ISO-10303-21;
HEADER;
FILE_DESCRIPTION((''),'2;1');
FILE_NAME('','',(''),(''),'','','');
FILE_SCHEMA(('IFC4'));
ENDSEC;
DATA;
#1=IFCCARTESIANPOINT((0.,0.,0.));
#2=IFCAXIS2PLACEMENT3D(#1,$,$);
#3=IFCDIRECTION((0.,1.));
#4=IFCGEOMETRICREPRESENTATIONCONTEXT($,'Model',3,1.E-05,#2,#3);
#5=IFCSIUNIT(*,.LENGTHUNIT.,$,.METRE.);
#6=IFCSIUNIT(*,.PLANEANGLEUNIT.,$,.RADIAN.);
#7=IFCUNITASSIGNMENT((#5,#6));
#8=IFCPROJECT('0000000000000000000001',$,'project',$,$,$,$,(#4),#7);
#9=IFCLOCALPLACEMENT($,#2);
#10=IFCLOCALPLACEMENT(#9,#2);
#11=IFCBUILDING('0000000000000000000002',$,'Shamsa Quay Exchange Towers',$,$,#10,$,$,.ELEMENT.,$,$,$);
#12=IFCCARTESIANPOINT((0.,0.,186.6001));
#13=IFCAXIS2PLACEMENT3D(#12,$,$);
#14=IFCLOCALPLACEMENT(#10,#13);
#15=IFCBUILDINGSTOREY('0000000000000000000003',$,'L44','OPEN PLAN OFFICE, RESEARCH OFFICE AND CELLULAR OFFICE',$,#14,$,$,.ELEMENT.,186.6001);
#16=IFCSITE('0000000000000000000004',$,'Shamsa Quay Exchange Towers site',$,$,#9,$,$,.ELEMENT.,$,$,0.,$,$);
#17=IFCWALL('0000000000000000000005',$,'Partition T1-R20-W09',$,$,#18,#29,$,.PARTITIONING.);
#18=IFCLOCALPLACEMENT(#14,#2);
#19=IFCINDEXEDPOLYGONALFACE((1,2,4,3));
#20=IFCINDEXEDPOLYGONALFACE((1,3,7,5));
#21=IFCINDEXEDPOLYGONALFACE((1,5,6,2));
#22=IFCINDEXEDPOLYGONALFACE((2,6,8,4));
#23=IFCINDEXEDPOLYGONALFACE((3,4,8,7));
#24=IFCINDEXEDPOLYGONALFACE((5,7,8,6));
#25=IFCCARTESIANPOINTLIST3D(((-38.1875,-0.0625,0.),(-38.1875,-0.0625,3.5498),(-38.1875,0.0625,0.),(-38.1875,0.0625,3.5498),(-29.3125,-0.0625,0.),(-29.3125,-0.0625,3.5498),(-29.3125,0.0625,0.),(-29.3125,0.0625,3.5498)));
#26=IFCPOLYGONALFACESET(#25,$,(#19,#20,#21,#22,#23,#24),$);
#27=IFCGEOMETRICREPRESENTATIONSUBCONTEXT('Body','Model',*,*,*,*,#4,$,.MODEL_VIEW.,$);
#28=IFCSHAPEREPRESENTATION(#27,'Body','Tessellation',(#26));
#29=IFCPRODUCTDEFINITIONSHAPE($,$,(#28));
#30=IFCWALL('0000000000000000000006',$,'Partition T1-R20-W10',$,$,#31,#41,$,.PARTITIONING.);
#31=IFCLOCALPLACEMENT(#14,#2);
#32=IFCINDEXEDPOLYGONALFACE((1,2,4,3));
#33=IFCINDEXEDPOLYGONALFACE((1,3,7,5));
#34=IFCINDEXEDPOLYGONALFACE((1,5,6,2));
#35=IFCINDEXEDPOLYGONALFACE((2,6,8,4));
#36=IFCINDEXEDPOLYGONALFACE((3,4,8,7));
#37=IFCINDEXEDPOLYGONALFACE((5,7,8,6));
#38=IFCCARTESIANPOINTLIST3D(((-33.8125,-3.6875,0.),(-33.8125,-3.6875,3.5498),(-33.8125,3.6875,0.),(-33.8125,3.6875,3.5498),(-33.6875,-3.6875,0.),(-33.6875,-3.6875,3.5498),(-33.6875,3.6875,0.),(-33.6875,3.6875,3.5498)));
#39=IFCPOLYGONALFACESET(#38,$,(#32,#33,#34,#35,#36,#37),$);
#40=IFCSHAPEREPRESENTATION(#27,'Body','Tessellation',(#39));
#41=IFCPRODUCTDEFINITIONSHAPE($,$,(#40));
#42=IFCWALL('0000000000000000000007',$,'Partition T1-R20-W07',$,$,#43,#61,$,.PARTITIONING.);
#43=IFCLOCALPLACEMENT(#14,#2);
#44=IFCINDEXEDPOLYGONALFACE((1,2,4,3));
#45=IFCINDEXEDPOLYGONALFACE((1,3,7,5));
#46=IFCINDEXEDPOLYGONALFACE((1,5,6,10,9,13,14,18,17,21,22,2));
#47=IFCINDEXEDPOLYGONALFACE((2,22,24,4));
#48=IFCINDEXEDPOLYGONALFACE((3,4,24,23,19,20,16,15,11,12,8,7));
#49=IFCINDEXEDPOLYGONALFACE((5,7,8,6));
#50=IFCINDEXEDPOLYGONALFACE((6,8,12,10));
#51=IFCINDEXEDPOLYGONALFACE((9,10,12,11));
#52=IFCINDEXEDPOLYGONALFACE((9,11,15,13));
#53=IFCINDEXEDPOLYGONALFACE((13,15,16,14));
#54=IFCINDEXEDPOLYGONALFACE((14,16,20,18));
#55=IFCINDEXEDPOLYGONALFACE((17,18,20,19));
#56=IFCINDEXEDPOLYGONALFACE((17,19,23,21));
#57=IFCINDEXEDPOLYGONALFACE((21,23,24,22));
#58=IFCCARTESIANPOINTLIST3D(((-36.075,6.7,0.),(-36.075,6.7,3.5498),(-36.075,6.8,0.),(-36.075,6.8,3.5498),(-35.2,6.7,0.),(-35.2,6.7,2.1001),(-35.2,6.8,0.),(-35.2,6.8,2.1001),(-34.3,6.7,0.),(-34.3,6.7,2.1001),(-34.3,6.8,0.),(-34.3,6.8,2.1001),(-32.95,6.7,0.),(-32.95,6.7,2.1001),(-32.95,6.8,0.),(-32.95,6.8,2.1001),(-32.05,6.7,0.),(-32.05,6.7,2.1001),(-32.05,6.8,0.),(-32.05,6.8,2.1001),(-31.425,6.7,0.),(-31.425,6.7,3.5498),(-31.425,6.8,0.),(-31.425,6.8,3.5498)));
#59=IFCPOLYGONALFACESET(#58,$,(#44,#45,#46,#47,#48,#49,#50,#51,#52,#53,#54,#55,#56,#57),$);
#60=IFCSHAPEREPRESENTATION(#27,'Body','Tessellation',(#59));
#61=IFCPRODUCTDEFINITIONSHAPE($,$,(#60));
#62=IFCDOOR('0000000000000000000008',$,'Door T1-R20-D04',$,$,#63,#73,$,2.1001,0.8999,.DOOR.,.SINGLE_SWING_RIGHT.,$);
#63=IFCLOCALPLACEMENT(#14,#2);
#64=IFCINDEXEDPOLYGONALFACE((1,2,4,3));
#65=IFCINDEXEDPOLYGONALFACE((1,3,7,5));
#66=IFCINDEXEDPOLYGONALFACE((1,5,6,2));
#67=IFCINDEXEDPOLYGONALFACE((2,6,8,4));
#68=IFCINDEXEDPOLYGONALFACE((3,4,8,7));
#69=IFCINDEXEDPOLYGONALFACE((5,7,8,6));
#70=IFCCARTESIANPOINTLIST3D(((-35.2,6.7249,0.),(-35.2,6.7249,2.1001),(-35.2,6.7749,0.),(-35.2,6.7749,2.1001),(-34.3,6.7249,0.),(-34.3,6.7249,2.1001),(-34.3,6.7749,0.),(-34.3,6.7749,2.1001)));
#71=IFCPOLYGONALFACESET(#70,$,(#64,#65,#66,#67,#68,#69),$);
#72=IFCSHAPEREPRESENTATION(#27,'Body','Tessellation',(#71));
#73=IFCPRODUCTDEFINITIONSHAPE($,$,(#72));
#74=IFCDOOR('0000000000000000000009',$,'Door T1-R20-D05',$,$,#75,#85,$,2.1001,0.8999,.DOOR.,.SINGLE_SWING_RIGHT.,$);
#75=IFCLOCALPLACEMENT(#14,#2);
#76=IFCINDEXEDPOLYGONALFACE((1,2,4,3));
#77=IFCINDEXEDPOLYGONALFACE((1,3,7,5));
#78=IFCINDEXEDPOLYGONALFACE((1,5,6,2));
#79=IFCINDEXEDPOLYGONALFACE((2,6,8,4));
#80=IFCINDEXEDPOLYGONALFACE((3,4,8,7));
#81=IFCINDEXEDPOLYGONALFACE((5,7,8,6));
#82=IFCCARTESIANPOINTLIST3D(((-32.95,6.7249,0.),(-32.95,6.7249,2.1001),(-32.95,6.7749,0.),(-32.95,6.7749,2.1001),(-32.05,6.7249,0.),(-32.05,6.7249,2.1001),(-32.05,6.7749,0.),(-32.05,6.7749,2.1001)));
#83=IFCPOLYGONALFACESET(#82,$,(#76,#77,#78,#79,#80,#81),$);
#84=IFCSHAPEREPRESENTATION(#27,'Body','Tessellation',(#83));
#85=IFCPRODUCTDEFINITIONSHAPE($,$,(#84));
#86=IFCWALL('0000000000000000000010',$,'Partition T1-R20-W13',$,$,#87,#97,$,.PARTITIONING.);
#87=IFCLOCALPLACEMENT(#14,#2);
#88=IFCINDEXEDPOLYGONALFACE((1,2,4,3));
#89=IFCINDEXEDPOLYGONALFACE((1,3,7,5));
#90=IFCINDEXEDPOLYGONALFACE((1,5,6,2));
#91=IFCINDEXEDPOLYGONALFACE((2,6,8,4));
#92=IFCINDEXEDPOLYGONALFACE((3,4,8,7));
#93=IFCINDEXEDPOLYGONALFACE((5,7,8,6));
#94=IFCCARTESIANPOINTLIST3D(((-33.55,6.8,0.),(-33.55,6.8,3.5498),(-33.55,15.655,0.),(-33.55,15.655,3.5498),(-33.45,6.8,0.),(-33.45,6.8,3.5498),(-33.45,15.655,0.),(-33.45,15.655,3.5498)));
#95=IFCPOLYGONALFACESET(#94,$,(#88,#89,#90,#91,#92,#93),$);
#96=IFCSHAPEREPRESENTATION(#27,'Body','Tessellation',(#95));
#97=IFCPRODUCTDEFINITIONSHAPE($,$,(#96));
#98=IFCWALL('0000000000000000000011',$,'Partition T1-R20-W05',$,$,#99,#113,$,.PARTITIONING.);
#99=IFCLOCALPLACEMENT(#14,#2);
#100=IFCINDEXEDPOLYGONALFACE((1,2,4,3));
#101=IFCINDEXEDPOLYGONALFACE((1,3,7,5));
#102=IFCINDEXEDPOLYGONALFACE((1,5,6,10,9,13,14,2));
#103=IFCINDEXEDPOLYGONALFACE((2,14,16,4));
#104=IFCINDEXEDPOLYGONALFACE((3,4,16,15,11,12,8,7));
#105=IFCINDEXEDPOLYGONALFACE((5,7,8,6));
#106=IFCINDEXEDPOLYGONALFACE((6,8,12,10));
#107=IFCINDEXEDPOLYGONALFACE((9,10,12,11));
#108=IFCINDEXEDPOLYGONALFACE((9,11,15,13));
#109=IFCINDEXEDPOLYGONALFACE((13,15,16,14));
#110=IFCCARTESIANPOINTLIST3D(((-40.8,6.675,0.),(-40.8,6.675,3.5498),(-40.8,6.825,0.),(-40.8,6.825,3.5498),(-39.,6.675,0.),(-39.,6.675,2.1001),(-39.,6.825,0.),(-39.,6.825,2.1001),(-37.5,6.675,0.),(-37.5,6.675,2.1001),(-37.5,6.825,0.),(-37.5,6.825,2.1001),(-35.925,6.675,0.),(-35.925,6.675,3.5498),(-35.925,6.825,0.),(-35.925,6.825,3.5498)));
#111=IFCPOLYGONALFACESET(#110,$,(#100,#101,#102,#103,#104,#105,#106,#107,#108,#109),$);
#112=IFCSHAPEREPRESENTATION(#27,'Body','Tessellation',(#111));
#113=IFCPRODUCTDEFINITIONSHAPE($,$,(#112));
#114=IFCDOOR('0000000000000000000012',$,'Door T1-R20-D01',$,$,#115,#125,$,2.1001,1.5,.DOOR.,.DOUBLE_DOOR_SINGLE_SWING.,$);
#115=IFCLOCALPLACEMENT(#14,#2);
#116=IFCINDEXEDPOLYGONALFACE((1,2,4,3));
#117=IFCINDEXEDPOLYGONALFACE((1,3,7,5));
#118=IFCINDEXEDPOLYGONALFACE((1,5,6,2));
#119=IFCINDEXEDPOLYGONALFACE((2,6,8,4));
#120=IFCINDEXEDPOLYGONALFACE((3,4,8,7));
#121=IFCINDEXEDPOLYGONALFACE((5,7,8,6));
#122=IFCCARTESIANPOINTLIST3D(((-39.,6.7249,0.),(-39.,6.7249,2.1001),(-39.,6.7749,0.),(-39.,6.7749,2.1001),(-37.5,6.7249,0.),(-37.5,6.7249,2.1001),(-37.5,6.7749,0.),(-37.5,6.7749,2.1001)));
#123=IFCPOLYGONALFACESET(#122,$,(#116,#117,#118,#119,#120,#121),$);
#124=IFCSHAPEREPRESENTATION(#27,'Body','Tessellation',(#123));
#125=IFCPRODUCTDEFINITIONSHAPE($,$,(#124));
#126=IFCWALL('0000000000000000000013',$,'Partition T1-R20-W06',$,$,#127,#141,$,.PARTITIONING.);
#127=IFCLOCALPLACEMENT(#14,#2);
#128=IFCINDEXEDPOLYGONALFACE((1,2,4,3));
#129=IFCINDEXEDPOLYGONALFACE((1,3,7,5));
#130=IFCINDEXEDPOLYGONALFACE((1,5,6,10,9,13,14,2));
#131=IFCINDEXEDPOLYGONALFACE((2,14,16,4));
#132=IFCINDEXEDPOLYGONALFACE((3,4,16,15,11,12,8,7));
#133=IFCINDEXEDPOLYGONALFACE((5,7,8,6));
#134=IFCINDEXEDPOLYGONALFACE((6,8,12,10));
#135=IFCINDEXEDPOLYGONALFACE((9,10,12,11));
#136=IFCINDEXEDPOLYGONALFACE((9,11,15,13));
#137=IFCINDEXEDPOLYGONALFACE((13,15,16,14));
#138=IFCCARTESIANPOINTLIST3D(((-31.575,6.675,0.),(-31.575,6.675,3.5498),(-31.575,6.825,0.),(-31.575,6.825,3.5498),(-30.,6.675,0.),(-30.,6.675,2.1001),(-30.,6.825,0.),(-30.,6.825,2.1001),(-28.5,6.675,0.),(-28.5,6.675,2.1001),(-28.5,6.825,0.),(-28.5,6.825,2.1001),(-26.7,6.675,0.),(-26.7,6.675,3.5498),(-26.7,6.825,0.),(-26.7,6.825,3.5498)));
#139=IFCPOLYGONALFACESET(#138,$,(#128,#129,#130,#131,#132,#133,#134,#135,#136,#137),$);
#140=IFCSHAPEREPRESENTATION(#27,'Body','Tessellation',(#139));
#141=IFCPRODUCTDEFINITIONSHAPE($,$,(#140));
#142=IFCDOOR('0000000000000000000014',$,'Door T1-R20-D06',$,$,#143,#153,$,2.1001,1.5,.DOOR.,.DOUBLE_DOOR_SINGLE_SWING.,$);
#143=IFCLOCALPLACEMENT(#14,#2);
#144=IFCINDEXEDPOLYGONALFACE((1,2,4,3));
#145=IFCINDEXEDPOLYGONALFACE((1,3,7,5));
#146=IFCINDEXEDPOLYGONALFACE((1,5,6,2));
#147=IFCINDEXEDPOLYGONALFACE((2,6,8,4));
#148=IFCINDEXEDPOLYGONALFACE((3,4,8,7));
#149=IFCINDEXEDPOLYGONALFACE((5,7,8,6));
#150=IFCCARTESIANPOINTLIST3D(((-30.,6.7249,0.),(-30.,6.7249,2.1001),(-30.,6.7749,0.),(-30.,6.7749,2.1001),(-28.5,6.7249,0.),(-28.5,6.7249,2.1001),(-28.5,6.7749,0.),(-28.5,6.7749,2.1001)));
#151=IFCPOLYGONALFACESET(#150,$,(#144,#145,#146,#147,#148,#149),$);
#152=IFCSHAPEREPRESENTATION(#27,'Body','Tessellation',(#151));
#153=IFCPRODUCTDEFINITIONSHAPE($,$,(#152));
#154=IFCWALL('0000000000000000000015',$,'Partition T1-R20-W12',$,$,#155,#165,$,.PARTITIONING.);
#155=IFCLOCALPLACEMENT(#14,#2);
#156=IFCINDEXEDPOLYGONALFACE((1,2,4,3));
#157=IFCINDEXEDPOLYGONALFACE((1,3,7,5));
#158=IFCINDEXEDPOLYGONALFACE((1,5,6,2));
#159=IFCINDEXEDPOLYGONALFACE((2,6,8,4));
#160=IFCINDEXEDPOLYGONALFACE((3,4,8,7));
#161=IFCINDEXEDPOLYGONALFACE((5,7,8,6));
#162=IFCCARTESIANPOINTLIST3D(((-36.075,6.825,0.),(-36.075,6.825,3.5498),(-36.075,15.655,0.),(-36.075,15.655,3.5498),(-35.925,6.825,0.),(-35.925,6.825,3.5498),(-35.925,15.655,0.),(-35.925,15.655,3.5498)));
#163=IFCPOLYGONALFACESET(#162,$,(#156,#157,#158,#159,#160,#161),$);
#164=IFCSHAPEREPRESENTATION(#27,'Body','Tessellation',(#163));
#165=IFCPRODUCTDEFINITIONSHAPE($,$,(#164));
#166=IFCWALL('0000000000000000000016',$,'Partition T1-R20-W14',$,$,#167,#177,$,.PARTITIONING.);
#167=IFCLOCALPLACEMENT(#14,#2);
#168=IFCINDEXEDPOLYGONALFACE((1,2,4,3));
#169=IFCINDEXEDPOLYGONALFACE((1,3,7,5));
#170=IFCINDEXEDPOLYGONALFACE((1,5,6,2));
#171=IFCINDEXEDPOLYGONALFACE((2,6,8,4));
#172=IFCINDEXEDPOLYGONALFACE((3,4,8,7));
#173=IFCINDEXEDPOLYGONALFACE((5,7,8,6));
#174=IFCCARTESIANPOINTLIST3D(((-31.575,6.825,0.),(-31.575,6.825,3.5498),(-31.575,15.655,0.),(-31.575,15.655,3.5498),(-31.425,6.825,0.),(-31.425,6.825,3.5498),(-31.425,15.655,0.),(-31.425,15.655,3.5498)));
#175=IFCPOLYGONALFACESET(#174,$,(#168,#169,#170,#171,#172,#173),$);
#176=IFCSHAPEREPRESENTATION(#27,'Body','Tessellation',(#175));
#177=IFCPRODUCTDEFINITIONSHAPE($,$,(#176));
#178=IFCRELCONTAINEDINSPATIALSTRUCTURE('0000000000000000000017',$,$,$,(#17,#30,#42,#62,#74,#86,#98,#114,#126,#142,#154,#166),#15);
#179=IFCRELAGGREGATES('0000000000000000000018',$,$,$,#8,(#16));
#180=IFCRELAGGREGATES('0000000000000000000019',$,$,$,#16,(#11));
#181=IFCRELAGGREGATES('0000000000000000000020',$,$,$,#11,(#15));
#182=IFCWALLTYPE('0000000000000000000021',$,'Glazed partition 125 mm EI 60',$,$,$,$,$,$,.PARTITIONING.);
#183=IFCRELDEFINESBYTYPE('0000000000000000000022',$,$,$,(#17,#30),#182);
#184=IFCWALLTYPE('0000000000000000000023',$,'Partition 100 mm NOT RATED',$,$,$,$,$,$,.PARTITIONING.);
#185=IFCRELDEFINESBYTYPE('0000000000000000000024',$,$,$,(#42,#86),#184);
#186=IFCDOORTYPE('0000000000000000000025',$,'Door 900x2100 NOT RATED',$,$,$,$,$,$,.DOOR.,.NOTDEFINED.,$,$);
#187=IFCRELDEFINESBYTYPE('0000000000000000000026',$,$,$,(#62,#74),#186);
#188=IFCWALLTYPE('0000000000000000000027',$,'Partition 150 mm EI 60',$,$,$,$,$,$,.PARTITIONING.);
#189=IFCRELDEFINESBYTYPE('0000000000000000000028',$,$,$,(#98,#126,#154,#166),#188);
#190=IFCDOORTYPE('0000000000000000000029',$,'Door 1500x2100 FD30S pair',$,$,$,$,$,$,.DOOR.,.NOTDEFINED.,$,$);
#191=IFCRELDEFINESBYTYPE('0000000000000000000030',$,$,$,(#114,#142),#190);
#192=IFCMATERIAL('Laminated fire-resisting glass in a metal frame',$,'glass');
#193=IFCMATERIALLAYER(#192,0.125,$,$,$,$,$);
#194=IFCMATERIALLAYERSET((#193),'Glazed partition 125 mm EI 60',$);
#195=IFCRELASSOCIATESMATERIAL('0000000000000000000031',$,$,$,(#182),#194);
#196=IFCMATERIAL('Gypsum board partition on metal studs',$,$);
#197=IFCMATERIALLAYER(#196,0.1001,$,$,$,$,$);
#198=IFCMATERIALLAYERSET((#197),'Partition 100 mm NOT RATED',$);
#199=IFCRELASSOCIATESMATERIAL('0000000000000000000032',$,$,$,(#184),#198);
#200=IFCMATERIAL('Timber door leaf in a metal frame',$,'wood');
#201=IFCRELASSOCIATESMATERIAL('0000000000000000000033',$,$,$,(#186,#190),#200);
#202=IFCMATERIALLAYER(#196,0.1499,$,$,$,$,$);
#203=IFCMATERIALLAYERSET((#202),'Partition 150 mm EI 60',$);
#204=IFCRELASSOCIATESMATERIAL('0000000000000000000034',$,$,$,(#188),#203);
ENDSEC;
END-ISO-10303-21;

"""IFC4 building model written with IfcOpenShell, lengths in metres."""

from ifc_helpers import new_model, si_unit, direction, frame, frame_2d, origin, place, context, subcontext, project, spatial, rectangle, extrude, material, layer, layer_set, type_object, element, fill, save


model = new_model("IFC4")

# Units and contexts
model_context = context("Model", 3, precision=1e-05, world=origin(), true_north=direction((0.0, 1.0)))
body_context = subcontext(model_context, "Body", "Model", "MODEL_VIEW")
ifc_project = project(units=[si_unit("LENGTHUNIT", "METRE"), si_unit("PLANEANGLEUNIT", "RADIAN")], contexts=[model_context])

# Site, building, storey
site_placement = place(None, origin())
site = spatial("IfcSite", under=ifc_project, at=site_placement, Name="Shamsa Quay Exchange Towers site", CompositionType="ELEMENT", RefElevation=0.0)
building_placement = place(site_placement, origin())
building = spatial("IfcBuilding", under=site, at=building_placement, Name="Shamsa Quay Exchange Towers", CompositionType="ELEMENT")
storey_placement = place(building_placement, frame((0.0, 0.0, 186.6001)))
storey = spatial("IfcBuildingStorey", under=building, at=storey_placement, Name="L44", Description="OPEN PLAN OFFICE, RESEARCH OFFICE AND CELLULAR OFFICE", CompositionType="ELEMENT", Elevation=186.6001)

# Shared definitions
ifc_material_1 = material(Name="Laminated fire-resisting glass in a metal frame", Category="glass")
ifc_layer_1 = layer(ifc_material_1, 0.125)
ifc_layer_set_1 = layer_set([ifc_layer_1], Name="Glazed partition 125 mm EI 60")
wall_type_1 = type_object("IfcWallType", Name="Glazed partition 125 mm EI 60", PredefinedType="PARTITIONING", material=ifc_layer_set_1)
ifc_material_2 = material(Name="Timber door leaf in a metal frame", Category="wood")

# Walls
wall_1_placement = place(storey_placement, frame((-38.1875, 0.0, 0.0)))
element("IfcWall", 1, at=wall_1_placement, inside=storey, type_object=wall_type_1, Name="Partition T1-R20-W09", PredefinedType="PARTITIONING", context=body_context, shape_type="SweptSolid", body=[
    extrude(rectangle(XDim=8.875, YDim=0.125, at=frame_2d((4.4375, 0.0))), origin(), (0.0, 0.0, 1.0), 3.5498),
])
wall_2_placement = place(storey_placement, frame((-33.75, 3.6875, 0.0), z_axis=(0.0, 0.0, 1.0), x_axis=(0.0, -1.0, 0.0)))
element("IfcWall", 2, at=wall_2_placement, inside=storey, type_object=wall_type_1, Name="Partition T1-R20-W10", PredefinedType="PARTITIONING", context=body_context, shape_type="SweptSolid", body=[
    extrude(rectangle(XDim=7.375, YDim=0.125, at=frame_2d((3.6875, 0.0))), origin(), (0.0, 0.0, 1.0), 3.5498),
])

# Wall, openings, doors
ifc_material_3 = material(Name="Gypsum board partition on metal studs")
ifc_layer_2 = layer(ifc_material_3, 0.1001)
ifc_layer_set_2 = layer_set([ifc_layer_2], Name="Partition 100 mm NOT RATED")
wall_type_2 = type_object("IfcWallType", Name="Partition 100 mm NOT RATED", PredefinedType="PARTITIONING", material=ifc_layer_set_2)
wall_3_placement = place(storey_placement, frame((-36.075, 6.75, 0.0)))
wall_3 = element("IfcWall", 3, at=wall_3_placement, inside=storey, type_object=wall_type_2, Name="Partition T1-R20-W07", PredefinedType="PARTITIONING", context=body_context, shape_type="SweptSolid", body=[
    extrude(rectangle(XDim=4.6499, YDim=0.1001, at=frame_2d((2.325, 0.0))), origin(), (0.0, 0.0, 1.0), 3.5498),
])
opening_1_placement = place(wall_3_placement, frame((0.875, 0.0, 0.0)))
opening_1 = element("IfcOpeningElement", 4, at=opening_1_placement, cuts=wall_3, PredefinedType="OPENING", context=body_context, shape_type="SweptSolid", body=[
    extrude(rectangle(XDim=0.8999, YDim=2.1001, at=frame_2d((0.45, 1.05))), frame((0.0, 0.0601, 0.0), z_axis=(0.0, -1.0, 0.0), x_axis=(1.0, 0.0, 0.0)), (0.0, 0.0, 1.0), 0.1201),
])
opening_2_placement = place(wall_3_placement, frame((3.125, 0.0, 0.0)))
opening_2 = element("IfcOpeningElement", 5, at=opening_2_placement, cuts=wall_3, PredefinedType="OPENING", context=body_context, shape_type="SweptSolid", body=[
    extrude(rectangle(XDim=0.8999, YDim=2.1001, at=frame_2d((0.45, 1.05))), frame((0.0, 0.0601, 0.0), z_axis=(0.0, -1.0, 0.0), x_axis=(1.0, 0.0, 0.0)), (0.0, 0.0, 1.0), 0.1201),
])
door_type_1 = type_object("IfcDoorType", Name="Door 900x2100 NOT RATED", OperationType="NOTDEFINED", PredefinedType="DOOR", material=ifc_material_2)
door_1_placement = place(opening_1_placement, origin())
door_1 = element("IfcDoor", 6, at=door_1_placement, inside=storey, type_object=door_type_1, Name="Door T1-R20-D04", OperationType="SINGLE_SWING_RIGHT", OverallHeight=2.1001, OverallWidth=0.8999, PredefinedType="DOOR", context=body_context, shape_type="SweptSolid", body=[
    extrude(rectangle(XDim=0.8999, YDim=2.1001, at=frame_2d((0.45, 1.05))), frame((0.0, 0.0249, 0.0), z_axis=(0.0, -1.0, 0.0), x_axis=(1.0, 0.0, 0.0)), (0.0, 0.0, 1.0), 0.05),
])
fill(opening_1, door_1)
door_2_placement = place(opening_2_placement, origin())
door_2 = element("IfcDoor", 7, at=door_2_placement, inside=storey, type_object=door_type_1, Name="Door T1-R20-D05", OperationType="SINGLE_SWING_RIGHT", OverallHeight=2.1001, OverallWidth=0.8999, PredefinedType="DOOR", context=body_context, shape_type="SweptSolid", body=[
    extrude(rectangle(XDim=0.8999, YDim=2.1001, at=frame_2d((0.45, 1.05))), frame((0.0, 0.0249, 0.0), z_axis=(0.0, -1.0, 0.0), x_axis=(1.0, 0.0, 0.0)), (0.0, 0.0, 1.0), 0.05),
])
fill(opening_2, door_2)

# Wall
wall_4_placement = place(storey_placement, frame((-33.5, 6.8, 0.0), z_axis=(0.0, 0.0, 1.0), x_axis=(0.0, 1.0, 0.0)))
element("IfcWall", 8, at=wall_4_placement, inside=storey, type_object=wall_type_2, Name="Partition T1-R20-W13", PredefinedType="PARTITIONING", context=body_context, shape_type="SweptSolid", body=[
    extrude(rectangle(XDim=8.855, YDim=0.1001, at=frame_2d((4.4275, 0.0))), origin(), (0.0, 0.0, 1.0), 3.5498),
])

# Walls, openings, doors
ifc_layer_3 = layer(ifc_material_3, 0.1499)
ifc_layer_set_3 = layer_set([ifc_layer_3], Name="Partition 150 mm EI 60")
wall_type_3 = type_object("IfcWallType", Name="Partition 150 mm EI 60", PredefinedType="PARTITIONING", material=ifc_layer_set_3)
wall_5_placement = place(storey_placement, frame((-40.8, 6.75, 0.0)))
wall_5 = element("IfcWall", 9, at=wall_5_placement, inside=storey, type_object=wall_type_3, Name="Partition T1-R20-W05", PredefinedType="PARTITIONING", context=body_context, shape_type="SweptSolid", body=[
    extrude(rectangle(XDim=4.875, YDim=0.1499, at=frame_2d((2.4375, 0.0))), origin(), (0.0, 0.0, 1.0), 3.5498),
])
opening_3_placement = place(wall_5_placement, frame((1.8, 0.0, 0.0)))
opening_3 = element("IfcOpeningElement", 10, at=opening_3_placement, cuts=wall_5, PredefinedType="OPENING", context=body_context, shape_type="SweptSolid", body=[
    extrude(rectangle(XDim=1.5, YDim=2.1001, at=frame_2d((0.75, 1.05))), frame((0.0, 0.085, 0.0), z_axis=(0.0, -1.0, 0.0), x_axis=(1.0, 0.0, 0.0)), (0.0, 0.0, 1.0), 0.1699),
])
door_type_2 = type_object("IfcDoorType", Name="Door 1500x2100 FD30S pair", OperationType="NOTDEFINED", PredefinedType="DOOR", material=ifc_material_2)
door_3_placement = place(opening_3_placement, origin())
door_3 = element("IfcDoor", 11, at=door_3_placement, inside=storey, type_object=door_type_2, Name="Door T1-R20-D01", OperationType="DOUBLE_DOOR_SINGLE_SWING", OverallHeight=2.1001, OverallWidth=1.5, PredefinedType="DOOR", context=body_context, shape_type="SweptSolid", body=[
    extrude(rectangle(XDim=1.5, YDim=2.1001, at=frame_2d((0.75, 1.05))), frame((0.0, 0.0249, 0.0), z_axis=(0.0, -1.0, 0.0), x_axis=(1.0, 0.0, 0.0)), (0.0, 0.0, 1.0), 0.05),
])
fill(opening_3, door_3)
wall_6_placement = place(storey_placement, frame((-31.575, 6.75, 0.0)))
wall_6 = element("IfcWall", 12, at=wall_6_placement, inside=storey, type_object=wall_type_3, Name="Partition T1-R20-W06", PredefinedType="PARTITIONING", context=body_context, shape_type="SweptSolid", body=[
    extrude(rectangle(XDim=4.875, YDim=0.1499, at=frame_2d((2.4375, 0.0))), origin(), (0.0, 0.0, 1.0), 3.5498),
])
opening_4_placement = place(wall_6_placement, frame((1.575, 0.0, 0.0)))
opening_4 = element("IfcOpeningElement", 13, at=opening_4_placement, cuts=wall_6, PredefinedType="OPENING", context=body_context, shape_type="SweptSolid", body=[
    extrude(rectangle(XDim=1.5, YDim=2.1001, at=frame_2d((0.75, 1.05))), frame((0.0, 0.085, 0.0), z_axis=(0.0, -1.0, 0.0), x_axis=(1.0, 0.0, 0.0)), (0.0, 0.0, 1.0), 0.1699),
])
door_4_placement = place(opening_4_placement, origin())
door_4 = element("IfcDoor", 14, at=door_4_placement, inside=storey, type_object=door_type_2, Name="Door T1-R20-D06", OperationType="DOUBLE_DOOR_SINGLE_SWING", OverallHeight=2.1001, OverallWidth=1.5, PredefinedType="DOOR", context=body_context, shape_type="SweptSolid", body=[
    extrude(rectangle(XDim=1.5, YDim=2.1001, at=frame_2d((0.75, 1.05))), frame((0.0, 0.0249, 0.0), z_axis=(0.0, -1.0, 0.0), x_axis=(1.0, 0.0, 0.0)), (0.0, 0.0, 1.0), 0.05),
])
fill(opening_4, door_4)

# Walls
for number, where, z_axis, x_axis, name in (
    (15, (-36.0, 6.825, 0.0), (0.0, 0.0, 1.0), (0.0, 1.0, 0.0), "Partition T1-R20-W12"),
    (16, (-31.5, 6.825, 0.0), (0.0, 0.0, 1.0), (0.0, 1.0, 0.0), "Partition T1-R20-W14"),
):
    element("IfcWall", number, at=place(storey_placement, frame(where, z_axis=z_axis, x_axis=x_axis)), inside=storey, type_object=wall_type_3, Name=name, PredefinedType="PARTITIONING", context=body_context, shape_type="SweptSolid", body=[
        extrude(rectangle(XDim=8.8301, YDim=0.1499, at=frame_2d((4.415, 0.0))), origin(), (0.0, 0.0, 1.0), 3.5498),
    ])

save(model, "model.ifc")
